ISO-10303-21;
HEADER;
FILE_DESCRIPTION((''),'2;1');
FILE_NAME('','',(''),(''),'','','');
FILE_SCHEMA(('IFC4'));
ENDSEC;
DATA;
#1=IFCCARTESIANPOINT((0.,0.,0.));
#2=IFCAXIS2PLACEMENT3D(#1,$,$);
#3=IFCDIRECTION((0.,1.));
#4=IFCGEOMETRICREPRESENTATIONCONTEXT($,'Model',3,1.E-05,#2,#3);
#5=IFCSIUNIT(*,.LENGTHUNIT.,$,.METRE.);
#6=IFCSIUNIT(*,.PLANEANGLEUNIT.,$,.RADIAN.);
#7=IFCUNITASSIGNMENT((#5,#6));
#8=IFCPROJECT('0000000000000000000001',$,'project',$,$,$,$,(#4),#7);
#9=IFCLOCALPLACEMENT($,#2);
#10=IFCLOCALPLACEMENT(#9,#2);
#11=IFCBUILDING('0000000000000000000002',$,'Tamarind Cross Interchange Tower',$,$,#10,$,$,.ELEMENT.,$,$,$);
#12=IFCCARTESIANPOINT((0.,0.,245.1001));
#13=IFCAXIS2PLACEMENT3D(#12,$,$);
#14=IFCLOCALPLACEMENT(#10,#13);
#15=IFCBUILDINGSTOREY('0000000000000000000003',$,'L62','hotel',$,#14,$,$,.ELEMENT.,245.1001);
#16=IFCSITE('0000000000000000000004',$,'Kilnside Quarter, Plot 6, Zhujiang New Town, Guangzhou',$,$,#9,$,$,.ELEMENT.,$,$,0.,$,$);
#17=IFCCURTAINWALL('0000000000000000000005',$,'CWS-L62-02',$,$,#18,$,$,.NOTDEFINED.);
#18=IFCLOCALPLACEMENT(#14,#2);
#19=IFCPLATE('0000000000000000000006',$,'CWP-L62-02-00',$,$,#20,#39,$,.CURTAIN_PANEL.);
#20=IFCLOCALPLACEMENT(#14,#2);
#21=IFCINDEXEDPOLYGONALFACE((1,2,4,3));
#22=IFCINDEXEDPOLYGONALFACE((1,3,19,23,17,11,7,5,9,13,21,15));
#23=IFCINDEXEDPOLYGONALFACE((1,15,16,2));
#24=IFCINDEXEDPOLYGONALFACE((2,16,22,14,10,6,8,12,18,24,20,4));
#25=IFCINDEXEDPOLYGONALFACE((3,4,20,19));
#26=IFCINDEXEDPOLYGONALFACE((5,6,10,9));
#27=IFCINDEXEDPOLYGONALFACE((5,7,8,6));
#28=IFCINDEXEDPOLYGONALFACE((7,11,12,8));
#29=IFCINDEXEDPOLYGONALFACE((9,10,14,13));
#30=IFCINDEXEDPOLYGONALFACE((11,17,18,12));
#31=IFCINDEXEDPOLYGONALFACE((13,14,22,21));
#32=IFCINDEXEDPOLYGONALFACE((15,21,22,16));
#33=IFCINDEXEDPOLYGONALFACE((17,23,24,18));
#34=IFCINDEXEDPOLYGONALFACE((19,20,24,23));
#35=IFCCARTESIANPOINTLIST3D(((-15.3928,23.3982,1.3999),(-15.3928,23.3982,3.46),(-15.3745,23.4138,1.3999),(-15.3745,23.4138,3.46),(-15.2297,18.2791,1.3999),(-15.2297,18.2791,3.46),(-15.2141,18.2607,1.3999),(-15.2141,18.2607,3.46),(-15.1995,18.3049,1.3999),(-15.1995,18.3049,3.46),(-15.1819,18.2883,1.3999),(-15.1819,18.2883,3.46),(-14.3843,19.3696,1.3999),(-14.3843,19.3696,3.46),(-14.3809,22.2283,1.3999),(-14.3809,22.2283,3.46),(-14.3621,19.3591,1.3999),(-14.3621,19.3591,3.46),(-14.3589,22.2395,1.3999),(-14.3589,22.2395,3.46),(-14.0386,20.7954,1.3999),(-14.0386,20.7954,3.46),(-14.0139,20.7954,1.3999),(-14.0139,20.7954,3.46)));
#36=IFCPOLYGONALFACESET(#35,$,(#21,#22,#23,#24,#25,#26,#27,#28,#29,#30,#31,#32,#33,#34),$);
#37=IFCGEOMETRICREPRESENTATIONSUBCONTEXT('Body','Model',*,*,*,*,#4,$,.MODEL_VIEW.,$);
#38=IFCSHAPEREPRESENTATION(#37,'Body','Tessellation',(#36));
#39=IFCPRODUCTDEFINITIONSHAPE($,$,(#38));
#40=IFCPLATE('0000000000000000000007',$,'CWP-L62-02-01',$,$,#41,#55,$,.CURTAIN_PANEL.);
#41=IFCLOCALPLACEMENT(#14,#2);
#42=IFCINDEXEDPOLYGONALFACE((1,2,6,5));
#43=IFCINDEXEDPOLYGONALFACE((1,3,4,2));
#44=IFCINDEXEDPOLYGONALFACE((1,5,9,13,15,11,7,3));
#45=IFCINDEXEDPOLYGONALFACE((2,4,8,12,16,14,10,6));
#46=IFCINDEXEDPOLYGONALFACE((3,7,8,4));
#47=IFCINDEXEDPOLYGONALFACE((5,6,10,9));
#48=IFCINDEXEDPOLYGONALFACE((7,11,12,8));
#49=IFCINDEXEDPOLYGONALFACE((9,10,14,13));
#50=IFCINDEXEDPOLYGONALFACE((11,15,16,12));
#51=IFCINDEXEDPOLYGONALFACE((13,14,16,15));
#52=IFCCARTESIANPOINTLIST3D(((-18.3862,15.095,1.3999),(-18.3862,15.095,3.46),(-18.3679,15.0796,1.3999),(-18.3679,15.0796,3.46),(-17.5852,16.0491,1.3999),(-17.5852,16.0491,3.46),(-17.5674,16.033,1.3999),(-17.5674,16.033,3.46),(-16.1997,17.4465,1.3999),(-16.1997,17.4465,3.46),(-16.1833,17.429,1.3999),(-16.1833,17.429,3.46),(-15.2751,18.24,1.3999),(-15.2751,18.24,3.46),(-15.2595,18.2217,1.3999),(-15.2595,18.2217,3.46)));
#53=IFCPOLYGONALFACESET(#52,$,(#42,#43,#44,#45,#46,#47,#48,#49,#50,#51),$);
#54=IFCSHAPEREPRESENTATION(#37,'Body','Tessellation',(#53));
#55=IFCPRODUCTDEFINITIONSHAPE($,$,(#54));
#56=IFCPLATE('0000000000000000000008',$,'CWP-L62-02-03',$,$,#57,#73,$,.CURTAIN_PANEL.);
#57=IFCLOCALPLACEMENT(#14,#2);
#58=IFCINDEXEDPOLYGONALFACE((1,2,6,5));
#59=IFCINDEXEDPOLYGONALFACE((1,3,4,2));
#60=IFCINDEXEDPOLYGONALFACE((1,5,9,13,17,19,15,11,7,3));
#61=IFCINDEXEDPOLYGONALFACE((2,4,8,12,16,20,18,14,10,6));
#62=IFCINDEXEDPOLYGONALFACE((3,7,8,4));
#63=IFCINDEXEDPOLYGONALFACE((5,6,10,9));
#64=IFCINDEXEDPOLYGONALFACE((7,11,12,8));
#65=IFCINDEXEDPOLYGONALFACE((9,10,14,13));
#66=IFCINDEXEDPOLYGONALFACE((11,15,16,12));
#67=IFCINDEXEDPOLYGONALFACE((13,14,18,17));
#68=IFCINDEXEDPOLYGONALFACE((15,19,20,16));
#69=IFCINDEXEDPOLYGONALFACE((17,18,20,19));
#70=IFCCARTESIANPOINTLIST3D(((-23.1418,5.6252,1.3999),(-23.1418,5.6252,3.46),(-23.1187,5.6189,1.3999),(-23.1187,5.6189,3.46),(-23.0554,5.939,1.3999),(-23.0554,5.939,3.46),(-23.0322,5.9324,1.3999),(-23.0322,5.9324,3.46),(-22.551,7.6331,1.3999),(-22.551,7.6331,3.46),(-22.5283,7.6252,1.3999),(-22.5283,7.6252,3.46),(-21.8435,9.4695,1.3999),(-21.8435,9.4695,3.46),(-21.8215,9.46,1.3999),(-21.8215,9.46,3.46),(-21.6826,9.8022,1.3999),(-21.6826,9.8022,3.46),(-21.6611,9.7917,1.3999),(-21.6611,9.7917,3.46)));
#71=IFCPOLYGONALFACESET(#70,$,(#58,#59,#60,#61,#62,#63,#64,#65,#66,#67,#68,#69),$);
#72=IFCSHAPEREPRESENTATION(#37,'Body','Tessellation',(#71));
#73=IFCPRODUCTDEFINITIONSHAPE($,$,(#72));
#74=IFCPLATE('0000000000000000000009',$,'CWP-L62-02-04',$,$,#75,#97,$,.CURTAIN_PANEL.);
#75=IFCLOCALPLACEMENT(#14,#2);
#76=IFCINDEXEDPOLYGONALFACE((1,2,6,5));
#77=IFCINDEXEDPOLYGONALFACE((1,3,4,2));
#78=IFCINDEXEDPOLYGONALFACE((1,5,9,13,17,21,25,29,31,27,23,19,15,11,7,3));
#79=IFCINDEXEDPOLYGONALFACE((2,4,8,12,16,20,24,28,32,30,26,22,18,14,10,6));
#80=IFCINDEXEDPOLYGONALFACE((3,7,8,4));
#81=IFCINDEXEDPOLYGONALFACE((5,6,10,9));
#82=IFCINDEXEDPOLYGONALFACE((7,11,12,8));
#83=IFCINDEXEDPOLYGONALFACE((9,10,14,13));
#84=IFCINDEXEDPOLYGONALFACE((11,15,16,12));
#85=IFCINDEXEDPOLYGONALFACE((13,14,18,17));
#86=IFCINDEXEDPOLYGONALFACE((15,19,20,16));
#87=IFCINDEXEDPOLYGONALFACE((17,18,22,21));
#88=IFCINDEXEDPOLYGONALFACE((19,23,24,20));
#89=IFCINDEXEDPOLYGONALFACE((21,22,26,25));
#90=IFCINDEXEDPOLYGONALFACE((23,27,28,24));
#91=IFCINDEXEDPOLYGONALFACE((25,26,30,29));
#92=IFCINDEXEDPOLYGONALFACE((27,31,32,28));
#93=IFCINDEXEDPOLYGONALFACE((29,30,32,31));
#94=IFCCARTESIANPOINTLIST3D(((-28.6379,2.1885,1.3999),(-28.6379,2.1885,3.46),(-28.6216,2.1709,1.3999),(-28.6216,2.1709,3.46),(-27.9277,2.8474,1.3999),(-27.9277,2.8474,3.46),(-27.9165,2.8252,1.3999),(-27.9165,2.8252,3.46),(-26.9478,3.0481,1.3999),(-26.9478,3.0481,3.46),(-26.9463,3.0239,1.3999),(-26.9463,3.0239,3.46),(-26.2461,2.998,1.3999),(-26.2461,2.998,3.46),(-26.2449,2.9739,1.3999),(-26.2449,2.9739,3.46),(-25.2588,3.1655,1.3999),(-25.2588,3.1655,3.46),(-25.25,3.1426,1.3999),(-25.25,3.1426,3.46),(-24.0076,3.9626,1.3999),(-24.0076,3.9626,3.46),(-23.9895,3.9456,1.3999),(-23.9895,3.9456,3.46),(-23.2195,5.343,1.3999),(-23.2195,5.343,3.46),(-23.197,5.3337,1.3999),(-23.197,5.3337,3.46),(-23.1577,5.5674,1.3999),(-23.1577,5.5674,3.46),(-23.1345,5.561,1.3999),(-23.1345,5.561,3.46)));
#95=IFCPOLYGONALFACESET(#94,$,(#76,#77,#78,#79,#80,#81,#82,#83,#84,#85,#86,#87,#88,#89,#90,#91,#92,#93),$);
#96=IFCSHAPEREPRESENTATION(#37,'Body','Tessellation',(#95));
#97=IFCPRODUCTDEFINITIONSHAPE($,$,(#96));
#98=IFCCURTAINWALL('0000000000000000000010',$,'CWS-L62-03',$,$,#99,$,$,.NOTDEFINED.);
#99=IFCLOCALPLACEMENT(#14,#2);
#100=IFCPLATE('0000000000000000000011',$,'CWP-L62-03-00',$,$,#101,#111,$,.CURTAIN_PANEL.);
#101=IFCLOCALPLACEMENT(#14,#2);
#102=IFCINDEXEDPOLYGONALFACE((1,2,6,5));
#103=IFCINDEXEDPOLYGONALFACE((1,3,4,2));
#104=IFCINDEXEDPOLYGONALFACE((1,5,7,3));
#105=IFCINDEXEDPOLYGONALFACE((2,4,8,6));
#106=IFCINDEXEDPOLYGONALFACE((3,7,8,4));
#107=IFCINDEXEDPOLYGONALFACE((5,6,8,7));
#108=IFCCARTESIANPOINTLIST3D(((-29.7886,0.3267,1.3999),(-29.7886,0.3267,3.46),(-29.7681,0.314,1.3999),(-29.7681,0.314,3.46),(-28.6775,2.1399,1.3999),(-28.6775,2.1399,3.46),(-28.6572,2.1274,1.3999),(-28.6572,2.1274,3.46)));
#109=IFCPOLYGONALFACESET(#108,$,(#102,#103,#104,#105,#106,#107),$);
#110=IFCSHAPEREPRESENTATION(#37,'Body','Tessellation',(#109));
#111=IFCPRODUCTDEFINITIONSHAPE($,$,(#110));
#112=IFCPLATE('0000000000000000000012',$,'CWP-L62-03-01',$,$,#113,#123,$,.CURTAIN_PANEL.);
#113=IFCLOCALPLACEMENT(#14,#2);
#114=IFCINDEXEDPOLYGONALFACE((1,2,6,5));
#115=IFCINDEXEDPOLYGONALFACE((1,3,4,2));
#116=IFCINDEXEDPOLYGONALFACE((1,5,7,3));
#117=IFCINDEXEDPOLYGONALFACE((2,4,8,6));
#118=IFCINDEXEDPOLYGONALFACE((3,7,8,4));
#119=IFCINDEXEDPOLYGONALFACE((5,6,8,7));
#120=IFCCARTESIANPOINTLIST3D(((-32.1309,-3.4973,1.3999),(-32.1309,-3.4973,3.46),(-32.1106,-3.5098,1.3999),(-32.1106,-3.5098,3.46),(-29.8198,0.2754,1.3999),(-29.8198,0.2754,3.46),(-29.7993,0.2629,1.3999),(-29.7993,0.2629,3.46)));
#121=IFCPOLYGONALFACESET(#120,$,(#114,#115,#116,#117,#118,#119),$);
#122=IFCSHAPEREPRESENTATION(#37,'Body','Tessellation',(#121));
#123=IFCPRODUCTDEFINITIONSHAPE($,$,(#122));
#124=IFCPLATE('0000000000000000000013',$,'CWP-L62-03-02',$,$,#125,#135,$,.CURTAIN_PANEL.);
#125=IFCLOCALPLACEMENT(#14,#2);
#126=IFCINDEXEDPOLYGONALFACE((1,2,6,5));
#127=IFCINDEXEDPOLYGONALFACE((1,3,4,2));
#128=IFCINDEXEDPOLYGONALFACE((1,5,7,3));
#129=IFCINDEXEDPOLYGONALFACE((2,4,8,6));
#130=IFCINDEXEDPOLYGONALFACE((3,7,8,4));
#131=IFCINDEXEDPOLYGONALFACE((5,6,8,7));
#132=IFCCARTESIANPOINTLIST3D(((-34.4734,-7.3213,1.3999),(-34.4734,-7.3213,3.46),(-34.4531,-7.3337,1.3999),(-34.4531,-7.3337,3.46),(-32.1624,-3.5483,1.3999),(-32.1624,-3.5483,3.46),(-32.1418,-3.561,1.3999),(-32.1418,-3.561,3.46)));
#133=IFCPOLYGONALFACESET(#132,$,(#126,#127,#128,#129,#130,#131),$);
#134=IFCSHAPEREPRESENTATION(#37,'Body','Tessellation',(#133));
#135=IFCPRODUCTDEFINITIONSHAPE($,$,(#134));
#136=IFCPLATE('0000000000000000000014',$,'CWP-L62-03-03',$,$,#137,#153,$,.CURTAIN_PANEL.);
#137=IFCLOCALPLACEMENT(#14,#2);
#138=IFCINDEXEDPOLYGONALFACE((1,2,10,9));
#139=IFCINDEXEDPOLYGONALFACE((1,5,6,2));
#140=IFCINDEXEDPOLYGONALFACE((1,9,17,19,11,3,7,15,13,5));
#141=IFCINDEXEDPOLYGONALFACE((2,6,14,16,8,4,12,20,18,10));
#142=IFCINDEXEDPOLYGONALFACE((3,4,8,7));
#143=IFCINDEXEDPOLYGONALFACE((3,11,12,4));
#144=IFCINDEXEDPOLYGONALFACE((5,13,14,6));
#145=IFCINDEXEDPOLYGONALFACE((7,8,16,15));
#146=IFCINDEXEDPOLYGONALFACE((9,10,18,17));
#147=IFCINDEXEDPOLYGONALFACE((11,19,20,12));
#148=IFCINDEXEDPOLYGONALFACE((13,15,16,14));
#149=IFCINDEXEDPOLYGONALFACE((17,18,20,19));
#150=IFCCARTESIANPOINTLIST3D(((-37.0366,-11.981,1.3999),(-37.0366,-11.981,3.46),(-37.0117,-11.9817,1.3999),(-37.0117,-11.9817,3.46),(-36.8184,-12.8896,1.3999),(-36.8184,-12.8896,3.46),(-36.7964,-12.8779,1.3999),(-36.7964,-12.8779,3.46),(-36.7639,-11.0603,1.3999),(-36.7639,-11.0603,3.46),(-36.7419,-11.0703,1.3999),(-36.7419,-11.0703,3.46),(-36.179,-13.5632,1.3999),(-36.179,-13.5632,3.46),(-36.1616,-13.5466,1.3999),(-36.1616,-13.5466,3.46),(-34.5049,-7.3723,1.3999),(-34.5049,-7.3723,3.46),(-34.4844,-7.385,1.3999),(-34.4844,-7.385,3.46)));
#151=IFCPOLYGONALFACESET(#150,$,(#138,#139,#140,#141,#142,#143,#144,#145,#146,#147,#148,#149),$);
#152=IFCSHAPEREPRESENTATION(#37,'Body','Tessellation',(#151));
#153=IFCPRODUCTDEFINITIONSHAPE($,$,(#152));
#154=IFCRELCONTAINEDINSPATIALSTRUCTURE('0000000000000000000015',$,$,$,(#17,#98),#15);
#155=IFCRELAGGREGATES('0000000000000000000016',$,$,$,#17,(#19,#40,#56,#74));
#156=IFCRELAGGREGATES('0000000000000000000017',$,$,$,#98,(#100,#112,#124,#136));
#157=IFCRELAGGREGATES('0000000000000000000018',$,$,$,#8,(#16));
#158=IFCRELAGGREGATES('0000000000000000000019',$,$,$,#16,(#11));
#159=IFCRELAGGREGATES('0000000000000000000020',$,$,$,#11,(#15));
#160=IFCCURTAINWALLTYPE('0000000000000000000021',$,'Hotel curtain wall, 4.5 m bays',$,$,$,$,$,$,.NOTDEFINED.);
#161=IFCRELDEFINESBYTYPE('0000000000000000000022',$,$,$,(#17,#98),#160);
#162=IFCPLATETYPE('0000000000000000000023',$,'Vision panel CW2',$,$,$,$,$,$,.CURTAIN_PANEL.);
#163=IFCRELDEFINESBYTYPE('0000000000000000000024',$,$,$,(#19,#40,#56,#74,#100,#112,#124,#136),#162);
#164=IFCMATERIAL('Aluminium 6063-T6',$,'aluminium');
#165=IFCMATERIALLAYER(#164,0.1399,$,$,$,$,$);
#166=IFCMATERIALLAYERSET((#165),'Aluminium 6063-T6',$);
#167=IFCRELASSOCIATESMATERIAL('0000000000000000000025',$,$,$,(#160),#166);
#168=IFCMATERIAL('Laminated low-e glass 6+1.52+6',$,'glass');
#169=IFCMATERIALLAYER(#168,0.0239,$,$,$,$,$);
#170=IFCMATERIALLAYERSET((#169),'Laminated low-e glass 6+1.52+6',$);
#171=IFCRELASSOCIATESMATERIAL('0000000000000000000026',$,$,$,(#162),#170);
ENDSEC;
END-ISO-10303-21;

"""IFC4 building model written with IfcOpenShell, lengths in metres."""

from ifc_helpers import new_model, si_unit, direction, frame, origin, place, context, subcontext, project, spatial, polyline, outline, extrude, material, layer, layer_set, type_object, element, aggregate, save


model = new_model("IFC4")

# Units and contexts
model_context = context("Model", 3, precision=1e-05, world=origin(), true_north=direction((0.0, 1.0)))
body_context = subcontext(model_context, "Body", "Model", "MODEL_VIEW")
ifc_project = project(units=[si_unit("LENGTHUNIT", "METRE"), si_unit("PLANEANGLEUNIT", "RADIAN")], contexts=[model_context])

# Site, building, storey
site_placement = place(None, origin())
site = spatial("IfcSite", under=ifc_project, at=site_placement, Name="Kilnside Quarter, Plot 6, Zhujiang New Town, Guangzhou", CompositionType="ELEMENT", RefElevation=0.0)
building_placement = place(site_placement, origin())
building = spatial("IfcBuilding", under=site, at=building_placement, Name="Tamarind Cross Interchange Tower", CompositionType="ELEMENT")
storey_placement = place(building_placement, frame((0.0, 0.0, 245.1001)))
storey = spatial("IfcBuildingStorey", under=building, at=storey_placement, Name="L62", Description="hotel", CompositionType="ELEMENT", Elevation=245.1001)

# Shared definitions
ifc_material_1 = material(Name="Aluminium 6063-T6", Category="aluminium")
ifc_layer_1 = layer(ifc_material_1, 0.1399)
ifc_layer_set_1 = layer_set([ifc_layer_1], Name="Aluminium 6063-T6")
curtain_wall_type = type_object("IfcCurtainWallType", Name="Hotel curtain wall, 4.5 m bays", PredefinedType="NOTDEFINED", material=ifc_layer_set_1)

# Curtain wall
curtain_wall_1_placement = place(storey_placement, origin())
curtain_wall_1 = element("IfcCurtainWall", 1, at=curtain_wall_1_placement, inside=storey, type_object=curtain_wall_type, Name="CWS-L62-02", PredefinedType="NOTDEFINED")

# Plates
ifc_material_2 = material(Name="Laminated low-e glass 6+1.52+6", Category="glass")
ifc_layer_2 = layer(ifc_material_2, 0.0239)
ifc_layer_set_2 = layer_set([ifc_layer_2], Name="Laminated low-e glass 6+1.52+6")
plate_type = type_object("IfcPlateType", Name="Vision panel CW2", PredefinedType="CURTAIN_PANEL", material=ifc_layer_set_2)
plate_1_placement = place(storey_placement, frame((0.0, 0.0, 1.3999)))
plate_1 = element("IfcPlate", 2, at=plate_1_placement, type_object=plate_type, Name="CWP-L62-02-00", PredefinedType="CURTAIN_PANEL", context=body_context, shape_type="SweptSolid", body=[
    extrude(outline(polyline([(-15.3745, 23.4138), (-14.3589, 22.2395), (-14.0139, 20.7954), (-14.3621, 19.3591), (-15.1819, 18.2883), (-15.2141, 18.2607), (-15.2297, 18.2791), (-15.1995, 18.3049), (-14.3843, 19.3696), (-14.0386, 20.7954), (-14.3809, 22.2283), (-15.3928, 23.3982), (-15.3745, 23.4138)])), origin(), (0.0, 0.0, 1.0), 2.0601),
])
plate_2_placement = place(storey_placement, frame((0.0, 0.0, 1.3999)))
plate_2 = element("IfcPlate", 3, at=plate_2_placement, type_object=plate_type, Name="CWP-L62-02-01", PredefinedType="CURTAIN_PANEL", context=body_context, shape_type="SweptSolid", body=[
    extrude(outline(polyline([(-15.2595, 18.2217), (-16.1833, 17.429), (-17.5674, 16.033), (-18.3679, 15.0796), (-18.3862, 15.095), (-17.5852, 16.0491), (-16.1997, 17.4465), (-15.2751, 18.24), (-15.2595, 18.2217)])), origin(), (0.0, 0.0, 1.0), 2.0601),
])
plate_3_placement = place(storey_placement, frame((0.0, 0.0, 1.3999)))
plate_3 = element("IfcPlate", 4, at=plate_3_placement, type_object=plate_type, Name="CWP-L62-02-03", PredefinedType="CURTAIN_PANEL", context=body_context, shape_type="SweptSolid", body=[
    extrude(outline(polyline([(-21.6611, 9.7917), (-21.8215, 9.46), (-22.5283, 7.6252), (-23.0322, 5.9324), (-23.1187, 5.6189), (-23.1418, 5.6252), (-23.0554, 5.939), (-22.551, 7.6331), (-21.8435, 9.4695), (-21.6826, 9.8022), (-21.6611, 9.7917)])), origin(), (0.0, 0.0, 1.0), 2.0601),
])
plate_4_placement = place(storey_placement, frame((0.0, 0.0, 1.3999)))
plate_4 = element("IfcPlate", 5, at=plate_4_placement, type_object=plate_type, Name="CWP-L62-02-04", PredefinedType="CURTAIN_PANEL", context=body_context, shape_type="SweptSolid", body=[
    extrude(outline(polyline([(-23.1345, 5.561), (-23.197, 5.3337), (-23.9895, 3.9456), (-25.25, 3.1426), (-26.2449, 2.9739), (-26.9463, 3.0239), (-27.9165, 2.8252), (-28.6216, 2.1709), (-28.6379, 2.1885), (-27.9277, 2.8474), (-26.9478, 3.0481), (-26.2461, 2.998), (-25.2588, 3.1655), (-24.0076, 3.9626), (-23.2195, 5.343), (-23.1577, 5.5674), (-23.1345, 5.561)])), origin(), (0.0, 0.0, 1.0), 2.0601),
])
aggregate(curtain_wall_1, [plate_1, plate_2, plate_3, plate_4])

# Curtain wall, plates
curtain_wall_2_placement = place(storey_placement, origin())
curtain_wall_2 = element("IfcCurtainWall", 6, at=curtain_wall_2_placement, inside=storey, type_object=curtain_wall_type, Name="CWS-L62-03", PredefinedType="NOTDEFINED")
plate_5_placement = place(storey_placement, frame((0.0, 0.0, 1.3999)))
plate_5 = element("IfcPlate", 7, at=plate_5_placement, type_object=plate_type, Name="CWP-L62-03-00", PredefinedType="CURTAIN_PANEL", context=body_context, shape_type="SweptSolid", body=[
    extrude(outline(polyline([(-28.6572, 2.1274), (-29.7681, 0.314), (-29.7886, 0.3267), (-28.6775, 2.1399), (-28.6572, 2.1274)])), origin(), (0.0, 0.0, 1.0), 2.0601),
])
plate_6_placement = place(storey_placement, frame((0.0, 0.0, 1.3999)))
plate_6 = element("IfcPlate", 8, at=plate_6_placement, type_object=plate_type, Name="CWP-L62-03-01", PredefinedType="CURTAIN_PANEL", context=body_context, shape_type="SweptSolid", body=[
    extrude(outline(polyline([(-29.7993, 0.2629), (-32.1106, -3.5098), (-32.1309, -3.4973), (-29.8198, 0.2754), (-29.7993, 0.2629)])), origin(), (0.0, 0.0, 1.0), 2.0601),
])
plate_7_placement = place(storey_placement, frame((0.0, 0.0, 1.3999)))
plate_7 = element("IfcPlate", 9, at=plate_7_placement, type_object=plate_type, Name="CWP-L62-03-02", PredefinedType="CURTAIN_PANEL", context=body_context, shape_type="SweptSolid", body=[
    extrude(outline(polyline([(-32.1418, -3.561), (-34.4531, -7.3337), (-34.4734, -7.3213), (-32.1624, -3.5483), (-32.1418, -3.561)])), origin(), (0.0, 0.0, 1.0), 2.0601),
])
plate_8_placement = place(storey_placement, frame((0.0, 0.0, 1.3999)))
plate_8 = element("IfcPlate", 10, at=plate_8_placement, type_object=plate_type, Name="CWP-L62-03-03", PredefinedType="CURTAIN_PANEL", context=body_context, shape_type="SweptSolid", body=[
    extrude(outline(polyline([(-34.4844, -7.385), (-36.7419, -11.0703), (-37.0117, -11.9817), (-36.7964, -12.8779), (-36.1616, -13.5466), (-36.179, -13.5632), (-36.8184, -12.8896), (-37.0366, -11.981), (-36.7639, -11.0603), (-34.5049, -7.3723), (-34.4844, -7.385)])), origin(), (0.0, 0.0, 1.0), 2.0601),
])
aggregate(curtain_wall_2, [plate_5, plate_6, plate_7, plate_8])

save(model, "model.ifc")
